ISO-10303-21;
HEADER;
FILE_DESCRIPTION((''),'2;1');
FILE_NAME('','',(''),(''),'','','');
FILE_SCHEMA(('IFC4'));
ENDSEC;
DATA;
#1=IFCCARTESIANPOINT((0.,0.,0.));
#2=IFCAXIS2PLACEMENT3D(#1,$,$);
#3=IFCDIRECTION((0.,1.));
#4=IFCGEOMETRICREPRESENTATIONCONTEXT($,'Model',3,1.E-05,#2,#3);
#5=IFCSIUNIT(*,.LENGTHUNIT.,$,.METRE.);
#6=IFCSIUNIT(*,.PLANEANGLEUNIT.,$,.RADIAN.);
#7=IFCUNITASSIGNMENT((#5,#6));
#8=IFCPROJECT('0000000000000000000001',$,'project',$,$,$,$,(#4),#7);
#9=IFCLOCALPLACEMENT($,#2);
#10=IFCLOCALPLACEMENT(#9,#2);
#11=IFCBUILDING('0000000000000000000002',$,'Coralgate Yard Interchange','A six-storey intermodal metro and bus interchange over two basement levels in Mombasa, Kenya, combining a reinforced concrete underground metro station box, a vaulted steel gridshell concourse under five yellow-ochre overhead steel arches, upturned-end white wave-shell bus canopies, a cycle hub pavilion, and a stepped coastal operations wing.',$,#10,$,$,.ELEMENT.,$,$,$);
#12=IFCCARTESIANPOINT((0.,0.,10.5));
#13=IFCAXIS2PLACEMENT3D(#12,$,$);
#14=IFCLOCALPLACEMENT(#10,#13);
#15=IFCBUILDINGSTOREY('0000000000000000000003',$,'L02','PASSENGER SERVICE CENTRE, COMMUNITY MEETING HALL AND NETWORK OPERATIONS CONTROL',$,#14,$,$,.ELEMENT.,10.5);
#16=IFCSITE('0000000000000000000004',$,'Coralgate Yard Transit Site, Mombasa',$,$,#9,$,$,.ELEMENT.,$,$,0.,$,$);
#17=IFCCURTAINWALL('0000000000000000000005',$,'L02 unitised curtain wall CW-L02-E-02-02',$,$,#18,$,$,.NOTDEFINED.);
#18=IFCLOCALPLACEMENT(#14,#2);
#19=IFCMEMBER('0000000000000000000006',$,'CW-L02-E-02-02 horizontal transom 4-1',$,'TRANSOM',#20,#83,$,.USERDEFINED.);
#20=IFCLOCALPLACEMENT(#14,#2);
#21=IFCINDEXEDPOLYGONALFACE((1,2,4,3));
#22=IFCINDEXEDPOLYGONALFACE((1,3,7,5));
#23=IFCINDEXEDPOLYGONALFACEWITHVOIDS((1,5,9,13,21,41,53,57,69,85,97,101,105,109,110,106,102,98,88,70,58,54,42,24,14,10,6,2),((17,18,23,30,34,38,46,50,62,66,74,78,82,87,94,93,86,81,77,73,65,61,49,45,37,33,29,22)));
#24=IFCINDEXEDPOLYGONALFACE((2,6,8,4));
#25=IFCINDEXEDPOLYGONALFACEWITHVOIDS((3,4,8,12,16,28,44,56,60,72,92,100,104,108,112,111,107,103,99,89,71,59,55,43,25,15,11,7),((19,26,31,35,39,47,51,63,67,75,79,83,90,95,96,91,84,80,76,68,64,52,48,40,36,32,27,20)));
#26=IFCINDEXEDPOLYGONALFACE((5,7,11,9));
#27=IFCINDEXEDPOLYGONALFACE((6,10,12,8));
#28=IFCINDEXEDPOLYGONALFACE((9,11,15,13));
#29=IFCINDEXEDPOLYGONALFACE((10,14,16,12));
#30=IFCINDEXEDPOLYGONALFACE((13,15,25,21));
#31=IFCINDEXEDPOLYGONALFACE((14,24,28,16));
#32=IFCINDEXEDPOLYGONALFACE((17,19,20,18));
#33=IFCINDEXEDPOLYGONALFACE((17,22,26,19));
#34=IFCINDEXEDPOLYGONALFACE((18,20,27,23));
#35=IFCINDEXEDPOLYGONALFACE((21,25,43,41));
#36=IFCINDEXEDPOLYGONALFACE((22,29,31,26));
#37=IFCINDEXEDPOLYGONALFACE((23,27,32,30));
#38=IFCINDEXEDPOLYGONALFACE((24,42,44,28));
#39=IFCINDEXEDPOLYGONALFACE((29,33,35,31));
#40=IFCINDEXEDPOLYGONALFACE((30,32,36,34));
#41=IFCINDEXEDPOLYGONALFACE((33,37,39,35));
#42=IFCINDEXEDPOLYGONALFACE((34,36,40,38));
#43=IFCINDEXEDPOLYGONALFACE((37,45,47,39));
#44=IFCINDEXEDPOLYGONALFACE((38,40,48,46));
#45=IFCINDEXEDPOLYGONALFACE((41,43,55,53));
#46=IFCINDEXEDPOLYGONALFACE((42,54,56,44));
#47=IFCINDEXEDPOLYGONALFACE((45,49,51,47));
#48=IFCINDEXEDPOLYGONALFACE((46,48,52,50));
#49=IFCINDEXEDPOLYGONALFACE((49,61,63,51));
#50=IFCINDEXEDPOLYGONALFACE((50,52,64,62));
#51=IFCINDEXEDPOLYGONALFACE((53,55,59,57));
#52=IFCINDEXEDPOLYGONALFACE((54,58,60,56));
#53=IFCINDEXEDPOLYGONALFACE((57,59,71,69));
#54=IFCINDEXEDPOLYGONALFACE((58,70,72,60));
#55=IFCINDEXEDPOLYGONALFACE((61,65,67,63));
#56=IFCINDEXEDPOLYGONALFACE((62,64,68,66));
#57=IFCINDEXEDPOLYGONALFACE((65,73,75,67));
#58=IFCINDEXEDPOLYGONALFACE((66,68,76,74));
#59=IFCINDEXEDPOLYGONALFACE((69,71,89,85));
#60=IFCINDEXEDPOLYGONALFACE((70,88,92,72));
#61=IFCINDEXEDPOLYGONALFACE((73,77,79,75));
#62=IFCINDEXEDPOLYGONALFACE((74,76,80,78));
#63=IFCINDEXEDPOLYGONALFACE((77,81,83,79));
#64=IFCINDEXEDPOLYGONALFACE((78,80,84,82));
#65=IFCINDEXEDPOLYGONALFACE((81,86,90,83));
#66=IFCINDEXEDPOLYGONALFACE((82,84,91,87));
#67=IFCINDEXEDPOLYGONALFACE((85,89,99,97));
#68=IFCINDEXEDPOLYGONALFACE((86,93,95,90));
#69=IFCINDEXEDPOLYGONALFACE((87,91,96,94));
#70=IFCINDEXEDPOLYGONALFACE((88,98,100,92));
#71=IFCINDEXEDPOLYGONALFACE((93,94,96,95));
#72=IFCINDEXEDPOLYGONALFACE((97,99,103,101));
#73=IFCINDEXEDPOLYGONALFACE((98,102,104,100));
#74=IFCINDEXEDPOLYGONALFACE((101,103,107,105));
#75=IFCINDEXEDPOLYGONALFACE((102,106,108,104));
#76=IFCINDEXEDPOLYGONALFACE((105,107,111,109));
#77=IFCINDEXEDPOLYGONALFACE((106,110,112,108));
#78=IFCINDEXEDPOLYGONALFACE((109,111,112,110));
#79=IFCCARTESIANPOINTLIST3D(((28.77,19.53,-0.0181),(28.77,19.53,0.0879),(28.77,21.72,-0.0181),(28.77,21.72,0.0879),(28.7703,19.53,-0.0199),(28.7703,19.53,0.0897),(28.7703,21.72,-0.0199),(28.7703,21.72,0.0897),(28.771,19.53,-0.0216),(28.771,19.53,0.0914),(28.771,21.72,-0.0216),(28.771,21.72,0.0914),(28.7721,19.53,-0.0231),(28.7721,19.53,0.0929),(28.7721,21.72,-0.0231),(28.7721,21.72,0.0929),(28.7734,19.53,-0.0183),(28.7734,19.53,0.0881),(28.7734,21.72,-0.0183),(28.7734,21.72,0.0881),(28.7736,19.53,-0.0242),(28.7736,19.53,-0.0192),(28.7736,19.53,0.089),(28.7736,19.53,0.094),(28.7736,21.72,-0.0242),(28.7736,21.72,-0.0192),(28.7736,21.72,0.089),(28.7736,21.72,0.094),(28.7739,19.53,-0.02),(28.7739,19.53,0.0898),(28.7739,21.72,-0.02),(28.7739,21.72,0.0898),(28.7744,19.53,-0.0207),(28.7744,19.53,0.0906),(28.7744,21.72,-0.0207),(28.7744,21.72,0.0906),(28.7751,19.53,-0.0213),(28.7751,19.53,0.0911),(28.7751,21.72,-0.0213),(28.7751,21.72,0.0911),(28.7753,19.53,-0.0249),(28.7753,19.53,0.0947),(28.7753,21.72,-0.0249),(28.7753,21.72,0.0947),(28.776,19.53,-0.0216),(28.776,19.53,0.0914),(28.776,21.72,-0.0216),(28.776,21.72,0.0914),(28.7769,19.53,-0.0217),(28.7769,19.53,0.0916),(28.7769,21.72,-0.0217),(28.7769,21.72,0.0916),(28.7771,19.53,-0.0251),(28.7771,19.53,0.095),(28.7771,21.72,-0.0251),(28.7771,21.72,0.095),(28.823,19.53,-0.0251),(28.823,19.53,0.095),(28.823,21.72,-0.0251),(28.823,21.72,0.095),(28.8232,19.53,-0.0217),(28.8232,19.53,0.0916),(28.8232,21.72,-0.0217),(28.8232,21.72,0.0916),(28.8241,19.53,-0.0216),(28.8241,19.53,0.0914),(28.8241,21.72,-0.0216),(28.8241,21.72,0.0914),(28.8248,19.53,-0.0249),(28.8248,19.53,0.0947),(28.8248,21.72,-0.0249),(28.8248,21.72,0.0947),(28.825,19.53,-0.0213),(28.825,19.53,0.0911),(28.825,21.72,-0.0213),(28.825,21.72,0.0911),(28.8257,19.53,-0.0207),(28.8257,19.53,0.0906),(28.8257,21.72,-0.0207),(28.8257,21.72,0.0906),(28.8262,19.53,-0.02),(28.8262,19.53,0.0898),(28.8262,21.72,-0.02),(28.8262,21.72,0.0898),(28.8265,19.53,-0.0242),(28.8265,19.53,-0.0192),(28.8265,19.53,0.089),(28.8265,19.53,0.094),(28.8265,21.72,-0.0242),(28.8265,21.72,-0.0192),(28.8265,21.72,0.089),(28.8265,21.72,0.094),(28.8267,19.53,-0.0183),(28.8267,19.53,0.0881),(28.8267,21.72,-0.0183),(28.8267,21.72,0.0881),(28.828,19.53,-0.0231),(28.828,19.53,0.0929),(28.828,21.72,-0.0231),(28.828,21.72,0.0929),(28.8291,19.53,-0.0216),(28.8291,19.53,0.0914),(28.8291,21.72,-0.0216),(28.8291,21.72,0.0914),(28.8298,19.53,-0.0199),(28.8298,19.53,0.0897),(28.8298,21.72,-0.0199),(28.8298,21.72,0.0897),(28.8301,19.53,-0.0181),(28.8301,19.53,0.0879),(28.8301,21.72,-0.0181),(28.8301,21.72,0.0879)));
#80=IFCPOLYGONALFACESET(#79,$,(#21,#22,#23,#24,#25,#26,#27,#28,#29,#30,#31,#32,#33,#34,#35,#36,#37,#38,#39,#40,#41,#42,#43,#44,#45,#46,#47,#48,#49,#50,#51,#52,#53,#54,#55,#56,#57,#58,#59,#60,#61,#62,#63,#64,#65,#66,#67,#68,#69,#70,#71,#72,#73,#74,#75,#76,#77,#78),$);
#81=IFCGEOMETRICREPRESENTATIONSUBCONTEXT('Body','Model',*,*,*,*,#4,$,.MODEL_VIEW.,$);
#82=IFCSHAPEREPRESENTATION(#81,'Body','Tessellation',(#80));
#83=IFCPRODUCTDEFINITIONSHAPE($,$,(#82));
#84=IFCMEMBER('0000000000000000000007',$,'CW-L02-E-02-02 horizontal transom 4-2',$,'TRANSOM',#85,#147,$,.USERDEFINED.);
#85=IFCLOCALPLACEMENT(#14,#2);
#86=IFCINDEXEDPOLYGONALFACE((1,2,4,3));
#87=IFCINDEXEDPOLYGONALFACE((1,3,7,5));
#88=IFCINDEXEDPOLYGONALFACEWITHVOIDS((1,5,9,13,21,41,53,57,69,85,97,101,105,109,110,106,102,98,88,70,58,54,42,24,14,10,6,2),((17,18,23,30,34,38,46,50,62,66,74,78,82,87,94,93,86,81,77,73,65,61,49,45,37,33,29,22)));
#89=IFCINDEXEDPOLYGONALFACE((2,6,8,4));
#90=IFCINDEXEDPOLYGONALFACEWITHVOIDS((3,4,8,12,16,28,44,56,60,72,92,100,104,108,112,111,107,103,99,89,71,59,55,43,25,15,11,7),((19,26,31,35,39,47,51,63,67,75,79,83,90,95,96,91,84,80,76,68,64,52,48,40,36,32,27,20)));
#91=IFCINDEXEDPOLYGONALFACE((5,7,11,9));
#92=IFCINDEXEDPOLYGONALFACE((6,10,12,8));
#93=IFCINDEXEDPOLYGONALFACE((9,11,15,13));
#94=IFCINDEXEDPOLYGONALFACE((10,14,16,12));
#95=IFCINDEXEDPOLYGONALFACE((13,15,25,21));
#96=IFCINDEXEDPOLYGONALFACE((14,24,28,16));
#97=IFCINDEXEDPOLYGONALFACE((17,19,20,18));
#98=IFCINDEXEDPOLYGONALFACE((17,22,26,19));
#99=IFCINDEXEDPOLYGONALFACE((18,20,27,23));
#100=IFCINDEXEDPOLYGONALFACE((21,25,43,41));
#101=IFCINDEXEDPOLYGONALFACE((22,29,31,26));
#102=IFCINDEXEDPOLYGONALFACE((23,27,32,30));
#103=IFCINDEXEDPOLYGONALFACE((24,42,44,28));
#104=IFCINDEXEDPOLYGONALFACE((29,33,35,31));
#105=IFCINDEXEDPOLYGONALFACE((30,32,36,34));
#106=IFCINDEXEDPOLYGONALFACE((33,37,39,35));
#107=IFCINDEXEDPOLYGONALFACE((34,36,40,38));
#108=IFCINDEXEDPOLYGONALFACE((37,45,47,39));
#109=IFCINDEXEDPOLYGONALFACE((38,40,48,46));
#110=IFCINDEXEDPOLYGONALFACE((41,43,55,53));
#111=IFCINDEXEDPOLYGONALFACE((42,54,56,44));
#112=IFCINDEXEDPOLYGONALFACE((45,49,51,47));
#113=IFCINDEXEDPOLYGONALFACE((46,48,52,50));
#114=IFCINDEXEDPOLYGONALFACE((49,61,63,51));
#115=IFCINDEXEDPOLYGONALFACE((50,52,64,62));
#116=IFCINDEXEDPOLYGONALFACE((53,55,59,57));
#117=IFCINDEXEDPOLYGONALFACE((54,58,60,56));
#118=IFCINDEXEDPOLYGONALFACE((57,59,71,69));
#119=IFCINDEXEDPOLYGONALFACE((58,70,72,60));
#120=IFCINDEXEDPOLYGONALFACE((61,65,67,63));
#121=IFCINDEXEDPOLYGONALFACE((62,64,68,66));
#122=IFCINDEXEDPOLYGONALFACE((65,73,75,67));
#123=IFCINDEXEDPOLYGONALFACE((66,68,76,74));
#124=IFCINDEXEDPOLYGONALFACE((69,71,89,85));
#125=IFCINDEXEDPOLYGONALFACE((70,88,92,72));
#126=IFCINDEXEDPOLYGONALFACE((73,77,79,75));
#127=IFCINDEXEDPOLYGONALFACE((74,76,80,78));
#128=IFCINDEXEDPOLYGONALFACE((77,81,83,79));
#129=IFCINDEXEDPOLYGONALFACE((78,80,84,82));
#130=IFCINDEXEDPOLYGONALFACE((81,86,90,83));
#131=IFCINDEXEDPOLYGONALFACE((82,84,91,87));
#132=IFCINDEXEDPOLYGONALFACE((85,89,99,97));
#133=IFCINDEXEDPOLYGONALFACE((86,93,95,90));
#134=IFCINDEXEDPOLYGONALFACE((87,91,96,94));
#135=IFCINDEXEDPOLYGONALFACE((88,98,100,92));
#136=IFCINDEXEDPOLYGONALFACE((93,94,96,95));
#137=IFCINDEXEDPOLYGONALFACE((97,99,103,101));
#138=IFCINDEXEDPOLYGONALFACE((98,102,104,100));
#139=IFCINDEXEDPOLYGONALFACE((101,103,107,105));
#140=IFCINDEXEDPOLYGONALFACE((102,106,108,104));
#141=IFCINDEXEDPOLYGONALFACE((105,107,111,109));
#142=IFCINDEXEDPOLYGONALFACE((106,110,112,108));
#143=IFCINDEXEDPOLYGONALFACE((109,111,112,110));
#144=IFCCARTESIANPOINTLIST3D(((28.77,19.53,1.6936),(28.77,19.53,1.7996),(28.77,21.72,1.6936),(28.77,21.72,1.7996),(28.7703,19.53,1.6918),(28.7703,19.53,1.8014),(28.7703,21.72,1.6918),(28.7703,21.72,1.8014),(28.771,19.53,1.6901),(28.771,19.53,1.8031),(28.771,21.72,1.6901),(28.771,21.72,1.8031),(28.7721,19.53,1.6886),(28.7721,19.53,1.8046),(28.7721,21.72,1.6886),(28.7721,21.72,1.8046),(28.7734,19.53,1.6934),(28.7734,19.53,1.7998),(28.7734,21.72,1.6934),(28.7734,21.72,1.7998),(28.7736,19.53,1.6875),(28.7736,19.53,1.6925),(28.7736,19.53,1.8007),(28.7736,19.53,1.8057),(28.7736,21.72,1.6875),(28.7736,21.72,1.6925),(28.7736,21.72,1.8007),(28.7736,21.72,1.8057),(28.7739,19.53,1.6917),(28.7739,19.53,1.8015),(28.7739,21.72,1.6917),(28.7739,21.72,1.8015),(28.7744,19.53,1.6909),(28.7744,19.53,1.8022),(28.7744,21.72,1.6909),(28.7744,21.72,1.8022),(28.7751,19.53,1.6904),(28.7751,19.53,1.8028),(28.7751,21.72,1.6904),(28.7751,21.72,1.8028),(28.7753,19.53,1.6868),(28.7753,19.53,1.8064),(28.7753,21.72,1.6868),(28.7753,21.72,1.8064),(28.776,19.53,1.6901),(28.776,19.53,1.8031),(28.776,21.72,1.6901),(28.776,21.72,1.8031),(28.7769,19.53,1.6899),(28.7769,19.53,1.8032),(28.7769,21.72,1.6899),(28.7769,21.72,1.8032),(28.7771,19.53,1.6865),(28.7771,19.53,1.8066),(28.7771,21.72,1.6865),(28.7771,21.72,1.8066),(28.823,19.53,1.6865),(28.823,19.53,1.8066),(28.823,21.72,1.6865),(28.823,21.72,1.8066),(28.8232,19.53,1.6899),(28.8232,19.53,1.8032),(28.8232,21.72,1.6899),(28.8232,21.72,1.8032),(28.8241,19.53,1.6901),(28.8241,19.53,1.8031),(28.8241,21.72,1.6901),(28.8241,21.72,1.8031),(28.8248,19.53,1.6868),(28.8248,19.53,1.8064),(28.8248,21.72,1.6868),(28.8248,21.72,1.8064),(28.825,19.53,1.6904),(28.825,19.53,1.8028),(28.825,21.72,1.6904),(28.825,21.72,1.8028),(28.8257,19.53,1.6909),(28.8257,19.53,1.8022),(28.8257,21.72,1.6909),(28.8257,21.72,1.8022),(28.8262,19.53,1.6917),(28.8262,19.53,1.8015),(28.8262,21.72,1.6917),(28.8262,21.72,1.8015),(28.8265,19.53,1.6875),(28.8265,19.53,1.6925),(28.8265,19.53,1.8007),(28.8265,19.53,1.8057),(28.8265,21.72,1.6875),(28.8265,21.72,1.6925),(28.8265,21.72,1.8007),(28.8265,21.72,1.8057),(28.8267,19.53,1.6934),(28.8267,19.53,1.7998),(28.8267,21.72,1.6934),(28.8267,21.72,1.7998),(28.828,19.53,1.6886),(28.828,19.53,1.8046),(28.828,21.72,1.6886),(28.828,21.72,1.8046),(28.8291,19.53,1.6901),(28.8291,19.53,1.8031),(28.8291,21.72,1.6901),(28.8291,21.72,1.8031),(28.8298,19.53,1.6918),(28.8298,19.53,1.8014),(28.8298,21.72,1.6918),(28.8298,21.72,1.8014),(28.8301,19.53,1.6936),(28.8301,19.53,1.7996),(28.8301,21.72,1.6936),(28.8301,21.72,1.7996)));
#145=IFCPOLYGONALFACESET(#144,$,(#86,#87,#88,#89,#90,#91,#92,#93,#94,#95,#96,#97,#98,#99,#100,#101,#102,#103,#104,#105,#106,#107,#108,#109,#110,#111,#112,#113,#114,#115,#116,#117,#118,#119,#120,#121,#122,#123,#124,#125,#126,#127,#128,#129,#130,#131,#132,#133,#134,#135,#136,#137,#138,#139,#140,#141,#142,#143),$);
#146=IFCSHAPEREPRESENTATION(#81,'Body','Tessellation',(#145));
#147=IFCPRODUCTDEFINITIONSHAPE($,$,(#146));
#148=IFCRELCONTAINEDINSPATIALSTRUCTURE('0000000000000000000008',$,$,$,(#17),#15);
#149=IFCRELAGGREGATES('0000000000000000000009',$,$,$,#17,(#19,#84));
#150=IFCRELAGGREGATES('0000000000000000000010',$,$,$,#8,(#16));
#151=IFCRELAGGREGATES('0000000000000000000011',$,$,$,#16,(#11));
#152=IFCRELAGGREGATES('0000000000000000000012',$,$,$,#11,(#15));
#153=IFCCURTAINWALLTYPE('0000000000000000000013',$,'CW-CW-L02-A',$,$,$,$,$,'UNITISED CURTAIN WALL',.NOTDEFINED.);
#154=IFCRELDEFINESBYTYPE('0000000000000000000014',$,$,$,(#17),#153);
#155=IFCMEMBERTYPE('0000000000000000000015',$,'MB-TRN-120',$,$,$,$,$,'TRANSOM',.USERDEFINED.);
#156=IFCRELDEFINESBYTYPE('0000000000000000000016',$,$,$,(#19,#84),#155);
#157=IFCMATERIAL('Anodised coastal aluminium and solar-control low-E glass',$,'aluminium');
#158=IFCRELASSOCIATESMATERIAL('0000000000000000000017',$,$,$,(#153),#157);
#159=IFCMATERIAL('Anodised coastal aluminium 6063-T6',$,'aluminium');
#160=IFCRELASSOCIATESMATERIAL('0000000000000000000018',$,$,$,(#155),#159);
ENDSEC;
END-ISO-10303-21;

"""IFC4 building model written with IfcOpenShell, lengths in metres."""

from ifc_helpers import new_model, si_unit, direction, frame, origin, origin_2d, place, context, subcontext, project, spatial, hollow_rectangle, extrude, material, material_profile, profile_set, type_object, element, aggregate, save


model = new_model("IFC4")

# Units and contexts
model_context = context("Model", 3, precision=1e-05, world=origin(), true_north=direction((0.0, 1.0)))
body_context = subcontext(model_context, "Body", "Model", "MODEL_VIEW")
ifc_project = project(units=[si_unit("LENGTHUNIT", "METRE"), si_unit("PLANEANGLEUNIT", "RADIAN")], contexts=[model_context])

# Site, building, storey
site_placement = place(None, origin())
site = spatial("IfcSite", under=ifc_project, at=site_placement, Name="Coralgate Yard Transit Site, Mombasa", CompositionType="ELEMENT", RefElevation=0.0)
building_placement = place(site_placement, origin())
building = spatial("IfcBuilding", under=site, at=building_placement, Name="Coralgate Yard Interchange", Description="A six-storey intermodal metro and bus interchange over two basement levels in Mombasa, Kenya, combining a reinforced concrete underground metro station box, a vaulted steel gridshell concourse under five yellow-ochre overhead steel arches, upturned-end white wave-shell bus canopies, a cycle hub pavilion, and a stepped coastal operations wing.", CompositionType="ELEMENT")
storey_placement = place(building_placement, frame((0.0, 0.0, 10.5)))
storey = spatial("IfcBuildingStorey", under=building, at=storey_placement, Name="L02", Description="PASSENGER SERVICE CENTRE, COMMUNITY MEETING HALL AND NETWORK OPERATIONS CONTROL", CompositionType="ELEMENT", Elevation=10.5)

# Curtain wall, members
ifc_material_1 = material(Name="Anodised coastal aluminium and solar-control low-E glass", Category="aluminium")
curtain_wall_type = type_object("IfcCurtainWallType", Name="CW-CW-L02-A", ElementType="UNITISED CURTAIN WALL", PredefinedType="NOTDEFINED", material=ifc_material_1)
curtain_wall_placement = place(storey_placement, origin())
curtain_wall = element("IfcCurtainWall", 1, at=curtain_wall_placement, inside=storey, type_object=curtain_wall_type, Name="L02 unitised curtain wall CW-L02-E-02-02", PredefinedType="NOTDEFINED")
ifc_material_2 = material(Name="Anodised coastal aluminium 6063-T6", Category="aluminium")
ifc_material_profile_1 = material_profile(ifc_material_2, hollow_rectangle(XDim=0.0601, YDim=0.1201, WallThickness=0.0034, InnerFilletRadius=0.0034, OuterFilletRadius=0.0071, at=origin_2d()), Name="ALU 60x120x3.5")
ifc_profile_set_1 = profile_set([ifc_material_profile_1], Name="Anodised coastal aluminium 6063-T6")
member_type_1 = type_object("IfcMemberType", Name="MB-TRN-120", ElementType="TRANSOM", PredefinedType="USERDEFINED", material=ifc_profile_set_1)
member_1_placement = place(storey_placement, frame((28.8, 21.72, 0.0349), z_axis=(0.0, -1.0, 0.0), x_axis=(1.0, 0.0, 0.0)))
member_1 = element("IfcMember", 2, at=member_1_placement, type_object=member_type_1, Name="CW-L02-E-02-02 horizontal transom 4-1", ObjectType="TRANSOM", PredefinedType="USERDEFINED", context=body_context, shape_type="SweptSolid", body=[
    extrude(hollow_rectangle(XDim=0.0601, YDim=0.1201, WallThickness=0.0034, InnerFilletRadius=0.0034, OuterFilletRadius=0.0071, at=origin_2d()), origin(), (0.0, 0.0, 1.0), 2.1899),
])
member_2_placement = place(storey_placement, frame((28.8, 21.72, 1.7466), z_axis=(0.0, -1.0, 0.0), x_axis=(1.0, 0.0, 0.0)))
member_2 = element("IfcMember", 3, at=member_2_placement, type_object=member_type_1, Name="CW-L02-E-02-02 horizontal transom 4-2", ObjectType="TRANSOM", PredefinedType="USERDEFINED", context=body_context, shape_type="SweptSolid", body=[
    extrude(hollow_rectangle(XDim=0.0601, YDim=0.1201, WallThickness=0.0034, InnerFilletRadius=0.0034, OuterFilletRadius=0.0071, at=origin_2d()), origin(), (0.0, 0.0, 1.0), 2.1899),
])
aggregate(curtain_wall, [member_1, member_2])

save(model, "model.ifc")
